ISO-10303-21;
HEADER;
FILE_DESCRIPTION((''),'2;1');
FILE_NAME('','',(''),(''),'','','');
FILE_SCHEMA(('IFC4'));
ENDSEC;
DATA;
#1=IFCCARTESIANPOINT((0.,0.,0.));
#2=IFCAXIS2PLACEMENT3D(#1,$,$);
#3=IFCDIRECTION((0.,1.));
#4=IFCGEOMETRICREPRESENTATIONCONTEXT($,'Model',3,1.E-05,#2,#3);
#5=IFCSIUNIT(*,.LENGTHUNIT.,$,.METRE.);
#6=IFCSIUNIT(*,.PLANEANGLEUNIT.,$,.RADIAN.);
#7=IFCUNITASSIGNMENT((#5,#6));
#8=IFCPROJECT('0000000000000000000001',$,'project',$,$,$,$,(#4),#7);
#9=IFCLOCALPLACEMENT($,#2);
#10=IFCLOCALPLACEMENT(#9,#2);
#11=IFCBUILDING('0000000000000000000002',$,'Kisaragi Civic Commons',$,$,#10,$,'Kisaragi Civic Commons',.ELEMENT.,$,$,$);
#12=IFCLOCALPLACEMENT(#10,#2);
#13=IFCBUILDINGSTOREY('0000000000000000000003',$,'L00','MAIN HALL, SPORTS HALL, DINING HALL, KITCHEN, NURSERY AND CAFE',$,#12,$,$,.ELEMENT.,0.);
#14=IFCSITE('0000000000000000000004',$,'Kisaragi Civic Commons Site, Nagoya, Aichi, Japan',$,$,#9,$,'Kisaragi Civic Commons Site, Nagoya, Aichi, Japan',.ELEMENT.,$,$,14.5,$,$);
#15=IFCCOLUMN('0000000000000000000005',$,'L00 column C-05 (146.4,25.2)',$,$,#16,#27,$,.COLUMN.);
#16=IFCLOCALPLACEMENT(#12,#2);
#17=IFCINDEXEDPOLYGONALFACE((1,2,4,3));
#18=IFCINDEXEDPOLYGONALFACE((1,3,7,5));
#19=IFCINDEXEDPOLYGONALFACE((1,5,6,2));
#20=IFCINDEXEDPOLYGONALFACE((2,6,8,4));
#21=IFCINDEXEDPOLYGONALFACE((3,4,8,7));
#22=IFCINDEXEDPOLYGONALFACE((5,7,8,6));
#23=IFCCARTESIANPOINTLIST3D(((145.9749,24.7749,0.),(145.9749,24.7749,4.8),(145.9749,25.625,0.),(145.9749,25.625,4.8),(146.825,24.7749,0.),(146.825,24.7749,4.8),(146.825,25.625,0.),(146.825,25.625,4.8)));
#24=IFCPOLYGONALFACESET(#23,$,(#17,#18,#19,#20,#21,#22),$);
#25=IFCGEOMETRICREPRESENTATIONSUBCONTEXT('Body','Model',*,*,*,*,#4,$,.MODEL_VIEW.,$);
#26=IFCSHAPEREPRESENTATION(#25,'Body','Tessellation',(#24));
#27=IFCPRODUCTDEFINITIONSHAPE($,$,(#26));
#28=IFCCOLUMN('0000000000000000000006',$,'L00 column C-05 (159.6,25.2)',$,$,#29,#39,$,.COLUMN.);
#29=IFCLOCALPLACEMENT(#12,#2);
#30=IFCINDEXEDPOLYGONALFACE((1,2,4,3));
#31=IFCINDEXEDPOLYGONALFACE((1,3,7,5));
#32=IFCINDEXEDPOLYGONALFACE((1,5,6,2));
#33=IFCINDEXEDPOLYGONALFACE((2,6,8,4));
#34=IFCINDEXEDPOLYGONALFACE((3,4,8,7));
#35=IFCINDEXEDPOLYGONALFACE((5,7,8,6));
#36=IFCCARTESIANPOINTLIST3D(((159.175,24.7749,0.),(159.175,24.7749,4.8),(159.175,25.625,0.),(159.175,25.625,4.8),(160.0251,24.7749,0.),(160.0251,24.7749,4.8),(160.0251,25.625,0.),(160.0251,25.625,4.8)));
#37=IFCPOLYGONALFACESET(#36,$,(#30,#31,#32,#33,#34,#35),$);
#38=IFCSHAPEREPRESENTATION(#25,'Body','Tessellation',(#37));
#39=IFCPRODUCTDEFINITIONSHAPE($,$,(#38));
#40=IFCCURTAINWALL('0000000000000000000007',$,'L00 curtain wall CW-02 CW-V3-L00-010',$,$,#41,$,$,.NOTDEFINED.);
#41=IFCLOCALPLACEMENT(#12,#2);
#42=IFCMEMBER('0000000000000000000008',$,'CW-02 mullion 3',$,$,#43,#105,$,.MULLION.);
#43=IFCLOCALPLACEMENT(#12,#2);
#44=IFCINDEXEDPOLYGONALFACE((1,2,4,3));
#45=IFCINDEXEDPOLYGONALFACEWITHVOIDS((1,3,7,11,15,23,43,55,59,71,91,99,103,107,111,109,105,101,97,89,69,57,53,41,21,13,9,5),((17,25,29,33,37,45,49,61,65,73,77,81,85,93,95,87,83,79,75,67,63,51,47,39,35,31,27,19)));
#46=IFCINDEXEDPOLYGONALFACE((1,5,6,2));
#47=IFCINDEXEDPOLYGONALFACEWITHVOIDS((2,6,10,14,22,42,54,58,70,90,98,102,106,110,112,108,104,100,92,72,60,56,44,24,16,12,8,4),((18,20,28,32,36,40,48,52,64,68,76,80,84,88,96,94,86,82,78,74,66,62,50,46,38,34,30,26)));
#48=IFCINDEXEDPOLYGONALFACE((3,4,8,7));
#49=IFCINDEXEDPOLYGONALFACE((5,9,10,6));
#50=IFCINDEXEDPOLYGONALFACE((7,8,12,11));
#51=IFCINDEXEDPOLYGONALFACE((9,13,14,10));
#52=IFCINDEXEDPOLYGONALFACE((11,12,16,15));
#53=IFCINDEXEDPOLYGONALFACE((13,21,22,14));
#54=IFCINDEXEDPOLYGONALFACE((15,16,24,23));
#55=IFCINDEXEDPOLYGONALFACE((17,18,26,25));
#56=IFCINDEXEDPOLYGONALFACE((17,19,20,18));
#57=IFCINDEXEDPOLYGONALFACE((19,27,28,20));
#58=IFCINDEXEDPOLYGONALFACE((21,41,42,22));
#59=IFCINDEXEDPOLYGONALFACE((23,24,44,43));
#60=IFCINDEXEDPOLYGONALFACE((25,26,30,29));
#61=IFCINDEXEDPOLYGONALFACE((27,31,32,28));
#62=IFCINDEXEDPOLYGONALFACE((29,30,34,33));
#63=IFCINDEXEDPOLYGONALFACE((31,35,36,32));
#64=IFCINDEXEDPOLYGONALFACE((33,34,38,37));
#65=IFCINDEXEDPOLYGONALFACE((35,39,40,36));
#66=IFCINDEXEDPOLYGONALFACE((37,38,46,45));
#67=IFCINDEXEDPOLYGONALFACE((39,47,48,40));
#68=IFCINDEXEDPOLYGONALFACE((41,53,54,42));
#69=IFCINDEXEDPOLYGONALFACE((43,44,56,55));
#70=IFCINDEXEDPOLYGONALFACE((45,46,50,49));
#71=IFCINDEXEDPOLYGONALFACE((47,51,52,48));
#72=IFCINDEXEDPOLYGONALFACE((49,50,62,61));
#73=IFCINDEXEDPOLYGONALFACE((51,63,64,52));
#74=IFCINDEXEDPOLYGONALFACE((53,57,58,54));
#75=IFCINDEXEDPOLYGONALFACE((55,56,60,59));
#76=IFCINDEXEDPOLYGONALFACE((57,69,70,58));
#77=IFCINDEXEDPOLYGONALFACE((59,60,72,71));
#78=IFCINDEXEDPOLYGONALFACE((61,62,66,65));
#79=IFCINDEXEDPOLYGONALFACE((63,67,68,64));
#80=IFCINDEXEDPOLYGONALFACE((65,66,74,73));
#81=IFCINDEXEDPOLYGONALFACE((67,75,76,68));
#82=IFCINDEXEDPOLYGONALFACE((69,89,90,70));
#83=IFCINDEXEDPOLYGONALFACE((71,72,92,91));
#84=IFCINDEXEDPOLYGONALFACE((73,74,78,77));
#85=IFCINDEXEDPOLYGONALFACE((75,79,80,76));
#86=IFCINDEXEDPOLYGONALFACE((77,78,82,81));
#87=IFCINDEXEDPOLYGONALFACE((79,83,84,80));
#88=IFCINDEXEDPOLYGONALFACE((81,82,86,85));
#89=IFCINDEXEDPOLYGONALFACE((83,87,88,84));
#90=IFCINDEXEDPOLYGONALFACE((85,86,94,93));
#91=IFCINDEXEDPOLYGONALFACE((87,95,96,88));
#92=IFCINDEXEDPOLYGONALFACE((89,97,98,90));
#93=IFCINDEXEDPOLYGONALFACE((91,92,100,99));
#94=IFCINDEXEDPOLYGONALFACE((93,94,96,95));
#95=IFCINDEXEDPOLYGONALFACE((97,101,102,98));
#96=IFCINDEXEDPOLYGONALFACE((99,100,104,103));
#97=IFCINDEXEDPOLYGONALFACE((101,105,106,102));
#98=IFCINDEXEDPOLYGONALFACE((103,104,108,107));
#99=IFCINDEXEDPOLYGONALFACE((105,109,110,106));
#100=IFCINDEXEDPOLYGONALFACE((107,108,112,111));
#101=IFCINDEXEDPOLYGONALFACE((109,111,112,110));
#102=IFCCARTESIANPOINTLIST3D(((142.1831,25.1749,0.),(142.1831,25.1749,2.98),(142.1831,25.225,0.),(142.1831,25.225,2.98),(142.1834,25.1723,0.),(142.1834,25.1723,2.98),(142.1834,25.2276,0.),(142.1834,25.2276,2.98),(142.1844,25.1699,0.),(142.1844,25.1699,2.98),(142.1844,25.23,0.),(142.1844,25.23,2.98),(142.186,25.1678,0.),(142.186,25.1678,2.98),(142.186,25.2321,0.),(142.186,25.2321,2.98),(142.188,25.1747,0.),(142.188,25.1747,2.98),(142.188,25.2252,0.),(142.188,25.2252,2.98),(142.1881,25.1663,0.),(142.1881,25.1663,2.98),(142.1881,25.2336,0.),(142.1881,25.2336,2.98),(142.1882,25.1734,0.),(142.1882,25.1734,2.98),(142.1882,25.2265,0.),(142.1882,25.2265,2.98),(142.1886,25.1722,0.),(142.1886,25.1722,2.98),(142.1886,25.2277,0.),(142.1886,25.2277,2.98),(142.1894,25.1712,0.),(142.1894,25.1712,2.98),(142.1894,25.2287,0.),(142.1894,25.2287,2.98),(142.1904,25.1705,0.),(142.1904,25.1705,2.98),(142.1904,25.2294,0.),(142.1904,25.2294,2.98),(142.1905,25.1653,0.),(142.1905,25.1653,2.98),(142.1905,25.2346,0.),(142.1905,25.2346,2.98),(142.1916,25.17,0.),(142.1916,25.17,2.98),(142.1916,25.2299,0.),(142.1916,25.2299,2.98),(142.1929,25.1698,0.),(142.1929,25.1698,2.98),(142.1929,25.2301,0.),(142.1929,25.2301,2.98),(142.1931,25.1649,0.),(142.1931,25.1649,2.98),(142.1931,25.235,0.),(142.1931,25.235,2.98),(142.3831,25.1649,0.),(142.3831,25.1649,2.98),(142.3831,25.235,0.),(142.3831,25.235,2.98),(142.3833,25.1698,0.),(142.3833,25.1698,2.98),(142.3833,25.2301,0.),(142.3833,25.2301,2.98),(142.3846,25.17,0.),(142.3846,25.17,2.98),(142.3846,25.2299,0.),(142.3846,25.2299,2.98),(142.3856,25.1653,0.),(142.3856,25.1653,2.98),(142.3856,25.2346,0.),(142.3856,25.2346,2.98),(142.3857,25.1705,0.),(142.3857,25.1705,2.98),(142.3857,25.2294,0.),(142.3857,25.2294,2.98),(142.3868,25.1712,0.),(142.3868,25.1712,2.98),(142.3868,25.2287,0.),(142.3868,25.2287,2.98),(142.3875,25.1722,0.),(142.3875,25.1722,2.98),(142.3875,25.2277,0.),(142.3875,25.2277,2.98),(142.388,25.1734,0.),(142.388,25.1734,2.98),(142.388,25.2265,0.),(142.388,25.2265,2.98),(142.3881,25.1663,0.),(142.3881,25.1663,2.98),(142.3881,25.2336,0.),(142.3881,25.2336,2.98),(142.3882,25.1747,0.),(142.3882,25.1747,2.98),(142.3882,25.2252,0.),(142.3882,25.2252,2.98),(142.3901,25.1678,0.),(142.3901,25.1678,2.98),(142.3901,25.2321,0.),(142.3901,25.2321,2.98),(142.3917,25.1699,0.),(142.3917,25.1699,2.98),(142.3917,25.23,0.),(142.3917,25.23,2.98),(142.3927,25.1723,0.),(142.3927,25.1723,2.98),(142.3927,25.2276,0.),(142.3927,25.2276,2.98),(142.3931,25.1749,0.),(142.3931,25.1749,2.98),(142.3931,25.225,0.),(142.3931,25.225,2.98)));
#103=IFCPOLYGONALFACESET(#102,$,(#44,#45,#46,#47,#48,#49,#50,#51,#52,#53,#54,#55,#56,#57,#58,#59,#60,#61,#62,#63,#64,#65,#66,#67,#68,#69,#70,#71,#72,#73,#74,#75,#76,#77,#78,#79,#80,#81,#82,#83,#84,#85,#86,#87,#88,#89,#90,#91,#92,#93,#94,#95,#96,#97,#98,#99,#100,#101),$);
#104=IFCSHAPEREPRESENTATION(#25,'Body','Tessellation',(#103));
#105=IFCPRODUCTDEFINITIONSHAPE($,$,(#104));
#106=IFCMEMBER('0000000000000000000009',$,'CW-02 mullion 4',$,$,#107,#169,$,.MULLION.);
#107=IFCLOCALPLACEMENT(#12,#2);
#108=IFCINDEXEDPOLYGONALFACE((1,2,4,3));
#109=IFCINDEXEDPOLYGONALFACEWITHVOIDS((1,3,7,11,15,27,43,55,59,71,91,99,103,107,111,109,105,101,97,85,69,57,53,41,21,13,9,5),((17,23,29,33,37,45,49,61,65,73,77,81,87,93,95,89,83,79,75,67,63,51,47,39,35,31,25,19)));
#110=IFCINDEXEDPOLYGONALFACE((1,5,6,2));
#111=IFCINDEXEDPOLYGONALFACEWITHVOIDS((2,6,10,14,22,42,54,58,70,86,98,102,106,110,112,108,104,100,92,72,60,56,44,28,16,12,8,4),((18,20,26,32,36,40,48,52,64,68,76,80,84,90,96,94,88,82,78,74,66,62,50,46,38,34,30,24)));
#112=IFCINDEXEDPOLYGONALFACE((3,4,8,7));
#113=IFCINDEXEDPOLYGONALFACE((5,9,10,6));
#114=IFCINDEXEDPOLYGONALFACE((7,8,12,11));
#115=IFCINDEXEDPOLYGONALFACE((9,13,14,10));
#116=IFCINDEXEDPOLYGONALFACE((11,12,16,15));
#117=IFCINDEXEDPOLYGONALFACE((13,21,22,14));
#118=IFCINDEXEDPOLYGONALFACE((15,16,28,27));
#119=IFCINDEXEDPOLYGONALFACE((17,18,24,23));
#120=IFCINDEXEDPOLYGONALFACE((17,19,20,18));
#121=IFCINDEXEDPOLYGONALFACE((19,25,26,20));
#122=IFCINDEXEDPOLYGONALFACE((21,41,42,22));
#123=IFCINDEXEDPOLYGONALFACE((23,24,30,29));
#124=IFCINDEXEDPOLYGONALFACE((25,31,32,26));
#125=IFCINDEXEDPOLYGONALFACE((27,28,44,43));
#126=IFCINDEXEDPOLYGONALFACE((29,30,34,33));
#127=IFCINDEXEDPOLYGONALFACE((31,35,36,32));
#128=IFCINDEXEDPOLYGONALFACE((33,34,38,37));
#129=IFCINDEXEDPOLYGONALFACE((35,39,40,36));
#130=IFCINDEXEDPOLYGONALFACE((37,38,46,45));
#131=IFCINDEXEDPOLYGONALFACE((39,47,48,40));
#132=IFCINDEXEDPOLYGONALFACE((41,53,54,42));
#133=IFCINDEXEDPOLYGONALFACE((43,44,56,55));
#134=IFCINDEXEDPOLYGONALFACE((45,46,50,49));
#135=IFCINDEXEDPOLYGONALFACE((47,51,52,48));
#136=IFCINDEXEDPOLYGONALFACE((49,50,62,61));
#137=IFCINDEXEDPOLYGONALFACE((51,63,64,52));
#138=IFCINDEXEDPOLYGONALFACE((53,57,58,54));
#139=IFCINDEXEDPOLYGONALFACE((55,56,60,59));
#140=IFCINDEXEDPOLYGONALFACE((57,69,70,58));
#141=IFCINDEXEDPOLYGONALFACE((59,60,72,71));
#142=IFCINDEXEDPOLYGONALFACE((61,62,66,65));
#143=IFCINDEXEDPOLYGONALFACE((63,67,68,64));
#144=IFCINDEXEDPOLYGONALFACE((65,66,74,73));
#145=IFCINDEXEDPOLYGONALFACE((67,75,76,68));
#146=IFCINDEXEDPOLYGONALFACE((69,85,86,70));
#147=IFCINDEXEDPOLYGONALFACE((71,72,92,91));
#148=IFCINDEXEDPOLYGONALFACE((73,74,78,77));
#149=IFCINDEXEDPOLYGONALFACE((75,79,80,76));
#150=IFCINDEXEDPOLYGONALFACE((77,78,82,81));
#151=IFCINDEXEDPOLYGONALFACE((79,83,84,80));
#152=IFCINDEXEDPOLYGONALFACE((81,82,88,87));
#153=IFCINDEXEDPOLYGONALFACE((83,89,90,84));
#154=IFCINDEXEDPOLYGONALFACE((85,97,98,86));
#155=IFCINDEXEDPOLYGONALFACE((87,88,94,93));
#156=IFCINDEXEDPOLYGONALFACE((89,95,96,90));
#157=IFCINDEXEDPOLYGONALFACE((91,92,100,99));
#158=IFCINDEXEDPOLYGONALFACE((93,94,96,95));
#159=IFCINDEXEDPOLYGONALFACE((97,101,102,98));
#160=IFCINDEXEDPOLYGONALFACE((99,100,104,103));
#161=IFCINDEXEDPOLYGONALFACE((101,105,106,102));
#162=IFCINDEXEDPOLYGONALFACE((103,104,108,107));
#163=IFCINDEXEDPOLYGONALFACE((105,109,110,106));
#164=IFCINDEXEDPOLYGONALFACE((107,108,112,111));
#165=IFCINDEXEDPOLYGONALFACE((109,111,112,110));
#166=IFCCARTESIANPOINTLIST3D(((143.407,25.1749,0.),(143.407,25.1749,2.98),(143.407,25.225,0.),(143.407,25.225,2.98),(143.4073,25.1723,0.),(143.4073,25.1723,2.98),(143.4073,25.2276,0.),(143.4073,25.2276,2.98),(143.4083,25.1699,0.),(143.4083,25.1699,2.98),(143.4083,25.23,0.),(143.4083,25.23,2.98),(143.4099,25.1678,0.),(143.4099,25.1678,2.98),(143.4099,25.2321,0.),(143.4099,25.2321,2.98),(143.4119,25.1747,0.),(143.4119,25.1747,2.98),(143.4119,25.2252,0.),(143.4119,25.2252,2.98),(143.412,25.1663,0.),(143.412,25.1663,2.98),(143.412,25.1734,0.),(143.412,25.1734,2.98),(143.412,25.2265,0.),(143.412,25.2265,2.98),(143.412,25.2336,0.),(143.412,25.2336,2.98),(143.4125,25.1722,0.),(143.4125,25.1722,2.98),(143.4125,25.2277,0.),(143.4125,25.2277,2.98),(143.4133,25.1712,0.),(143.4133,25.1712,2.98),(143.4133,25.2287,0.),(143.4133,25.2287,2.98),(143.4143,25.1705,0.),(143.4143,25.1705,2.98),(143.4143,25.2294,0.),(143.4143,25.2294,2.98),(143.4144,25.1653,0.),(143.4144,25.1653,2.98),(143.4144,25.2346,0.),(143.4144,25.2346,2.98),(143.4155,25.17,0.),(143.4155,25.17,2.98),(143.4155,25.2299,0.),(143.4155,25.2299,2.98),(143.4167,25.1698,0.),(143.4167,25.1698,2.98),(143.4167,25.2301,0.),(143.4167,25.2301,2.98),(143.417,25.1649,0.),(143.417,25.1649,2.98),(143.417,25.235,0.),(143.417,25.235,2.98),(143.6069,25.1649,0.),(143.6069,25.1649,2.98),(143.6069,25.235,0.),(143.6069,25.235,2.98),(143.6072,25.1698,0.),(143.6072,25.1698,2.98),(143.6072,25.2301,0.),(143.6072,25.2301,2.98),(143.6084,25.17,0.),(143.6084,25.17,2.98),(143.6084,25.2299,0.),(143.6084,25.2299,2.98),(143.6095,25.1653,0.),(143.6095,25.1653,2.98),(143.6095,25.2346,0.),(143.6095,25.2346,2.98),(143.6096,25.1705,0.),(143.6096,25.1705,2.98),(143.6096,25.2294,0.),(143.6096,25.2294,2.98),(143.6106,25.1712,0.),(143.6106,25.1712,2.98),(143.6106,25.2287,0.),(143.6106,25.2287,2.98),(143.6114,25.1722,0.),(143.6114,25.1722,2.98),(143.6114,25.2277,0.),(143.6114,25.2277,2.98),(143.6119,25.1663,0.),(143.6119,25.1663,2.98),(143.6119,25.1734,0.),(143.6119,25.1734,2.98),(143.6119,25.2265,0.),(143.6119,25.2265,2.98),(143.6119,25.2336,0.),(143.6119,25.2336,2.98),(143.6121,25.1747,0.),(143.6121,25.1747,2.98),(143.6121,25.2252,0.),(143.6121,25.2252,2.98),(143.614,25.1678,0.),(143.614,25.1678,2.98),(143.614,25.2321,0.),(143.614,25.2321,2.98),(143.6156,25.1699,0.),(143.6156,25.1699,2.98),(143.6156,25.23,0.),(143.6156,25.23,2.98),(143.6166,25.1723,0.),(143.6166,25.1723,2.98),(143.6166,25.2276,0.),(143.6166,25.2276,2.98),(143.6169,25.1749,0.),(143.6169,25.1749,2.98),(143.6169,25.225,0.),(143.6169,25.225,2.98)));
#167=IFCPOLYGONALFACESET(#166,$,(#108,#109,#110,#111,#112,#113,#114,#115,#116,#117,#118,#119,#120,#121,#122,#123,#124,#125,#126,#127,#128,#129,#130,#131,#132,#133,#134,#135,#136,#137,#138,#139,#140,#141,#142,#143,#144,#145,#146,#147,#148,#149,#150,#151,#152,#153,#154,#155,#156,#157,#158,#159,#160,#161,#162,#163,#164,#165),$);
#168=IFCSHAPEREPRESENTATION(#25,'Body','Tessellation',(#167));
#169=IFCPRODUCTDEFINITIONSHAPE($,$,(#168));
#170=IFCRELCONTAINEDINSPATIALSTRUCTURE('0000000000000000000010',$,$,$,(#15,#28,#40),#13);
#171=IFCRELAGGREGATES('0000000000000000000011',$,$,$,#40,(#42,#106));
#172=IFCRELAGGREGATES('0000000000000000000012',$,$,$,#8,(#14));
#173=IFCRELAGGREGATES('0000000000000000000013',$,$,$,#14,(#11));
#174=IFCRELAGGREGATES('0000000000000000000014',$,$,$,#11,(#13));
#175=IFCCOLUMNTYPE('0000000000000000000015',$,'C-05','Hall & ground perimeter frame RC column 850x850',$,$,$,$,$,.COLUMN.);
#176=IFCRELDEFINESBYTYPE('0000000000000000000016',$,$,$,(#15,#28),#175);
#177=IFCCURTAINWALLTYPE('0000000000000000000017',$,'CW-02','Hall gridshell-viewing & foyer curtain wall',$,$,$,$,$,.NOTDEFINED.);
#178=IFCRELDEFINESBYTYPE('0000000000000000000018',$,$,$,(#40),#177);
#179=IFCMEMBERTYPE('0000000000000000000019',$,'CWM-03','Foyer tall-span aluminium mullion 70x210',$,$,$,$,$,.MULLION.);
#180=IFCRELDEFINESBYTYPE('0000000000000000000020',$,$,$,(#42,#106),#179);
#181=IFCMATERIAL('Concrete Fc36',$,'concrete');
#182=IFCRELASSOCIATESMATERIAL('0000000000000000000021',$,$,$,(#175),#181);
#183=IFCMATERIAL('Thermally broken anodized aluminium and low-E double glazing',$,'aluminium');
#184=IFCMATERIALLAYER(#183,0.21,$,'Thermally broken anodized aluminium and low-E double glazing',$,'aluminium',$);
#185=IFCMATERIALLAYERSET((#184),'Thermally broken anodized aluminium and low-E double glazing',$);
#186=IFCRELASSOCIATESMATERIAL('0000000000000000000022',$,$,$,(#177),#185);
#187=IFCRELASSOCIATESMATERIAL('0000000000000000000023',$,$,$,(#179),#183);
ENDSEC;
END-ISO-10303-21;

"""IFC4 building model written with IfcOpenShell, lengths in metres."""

from ifc_helpers import new_model, si_unit, direction, frame, origin, origin_2d, place, context, subcontext, project, spatial, rectangle, hollow_rectangle, extrude, material, layer, layer_set, material_profile, profile_set, type_object, element, aggregate, save


model = new_model("IFC4")

# Units and contexts
model_context = context("Model", 3, precision=1e-05, world=origin(), true_north=direction((0.0, 1.0)))
body_context = subcontext(model_context, "Body", "Model", "MODEL_VIEW")
ifc_project = project(units=[si_unit("LENGTHUNIT", "METRE"), si_unit("PLANEANGLEUNIT", "RADIAN")], contexts=[model_context])

# Site, building, storey
site_placement = place(None, origin())
site = spatial("IfcSite", under=ifc_project, at=site_placement, Name="Kisaragi Civic Commons Site, Nagoya, Aichi, Japan", LongName="Kisaragi Civic Commons Site, Nagoya, Aichi, Japan", CompositionType="ELEMENT", RefElevation=14.5)
building_placement = place(site_placement, origin())
building = spatial("IfcBuilding", under=site, at=building_placement, Name="Kisaragi Civic Commons", LongName="Kisaragi Civic Commons", CompositionType="ELEMENT")
storey_placement = place(building_placement, origin())
storey = spatial("IfcBuildingStorey", under=building, at=storey_placement, Name="L00", Description="MAIN HALL, SPORTS HALL, DINING HALL, KITCHEN, NURSERY AND CAFE", CompositionType="ELEMENT", Elevation=0.0)

# Columns
ifc_material_1 = material(Name="Concrete Fc36", Category="concrete")
ifc_material_profile_1 = material_profile(ifc_material_1, rectangle(XDim=0.8501, YDim=0.8501, at=origin_2d()), Name="RC-850x850", Category="concrete")
ifc_profile_set_1 = profile_set([ifc_material_profile_1], Name="Concrete Fc36")
column_type = type_object("IfcColumnType", Name="C-05", Description="Hall & ground perimeter frame RC column 850x850", PredefinedType="COLUMN", material=ifc_profile_set_1)
for number, where, z_axis, x_axis, name in (
    (1, (146.3999, 25.2, 0.0), (0.0, 0.0, 1.0), (1.0, 0.0, 0.0), "L00 column C-05 (146.4,25.2)"),
    (2, (159.6001, 25.2, 0.0), (0.0, 0.0, 1.0), (1.0, 0.0, 0.0), "L00 column C-05 (159.6,25.2)"),
):
    element("IfcColumn", number, at=place(storey_placement, frame(where, z_axis=z_axis, x_axis=x_axis)), inside=storey, type_object=column_type, Name=name, PredefinedType="COLUMN", context=body_context, shape_type="SweptSolid", body=[
        extrude(rectangle(XDim=0.8501, YDim=0.8501, at=origin_2d()), origin(), (0.0, 0.0, 1.0), 4.8),
    ])

# Curtain wall, members
ifc_material_2 = material(Name="Thermally broken anodized aluminium and low-E double glazing", Category="aluminium")
ifc_layer_1 = layer(ifc_material_2, 0.21, Name="Thermally broken anodized aluminium and low-E double glazing", Category="aluminium")
ifc_layer_set_1 = layer_set([ifc_layer_1], Name="Thermally broken anodized aluminium and low-E double glazing")
curtain_wall_type = type_object("IfcCurtainWallType", Name="CW-02", Description="Hall gridshell-viewing & foyer curtain wall", PredefinedType="NOTDEFINED", material=ifc_layer_set_1)
curtain_wall_placement = place(storey_placement, origin())
curtain_wall = element("IfcCurtainWall", 3, at=curtain_wall_placement, inside=storey, type_object=curtain_wall_type, Name="L00 curtain wall CW-02 CW-V3-L00-010", PredefinedType="NOTDEFINED")
ifc_material_profile_2 = material_profile(ifc_material_2, hollow_rectangle(XDim=0.0701, YDim=0.21, WallThickness=0.0049, InnerFilletRadius=0.0049, OuterFilletRadius=0.01, at=origin_2d()), Name="CWM-70x210x5", Category="aluminium")
ifc_profile_set_2 = profile_set([ifc_material_profile_2], Name="Thermally broken anodized aluminium and low-E double glazing")
member_type_1 = type_object("IfcMemberType", Name="CWM-03", Description="Foyer tall-span aluminium mullion 70x210", PredefinedType="MULLION", material=ifc_profile_set_2)
member_1_placement = place(storey_placement, frame((142.2881, 25.2, 0.0), z_axis=(0.0, 0.0, 1.0), x_axis=(0.0, 1.0, 0.0)))
member_1 = element("IfcMember", 4, at=member_1_placement, type_object=member_type_1, Name="CW-02 mullion 3", PredefinedType="MULLION", context=body_context, shape_type="SweptSolid", body=[
    extrude(hollow_rectangle(XDim=0.0701, YDim=0.21, WallThickness=0.0049, InnerFilletRadius=0.0049, OuterFilletRadius=0.01, at=origin_2d()), origin(), (0.0, 0.0, 1.0), 2.98),
])
member_2_placement = place(storey_placement, frame((143.512, 25.2, 0.0), z_axis=(0.0, 0.0, 1.0), x_axis=(0.0, 1.0, 0.0)))
member_2 = element("IfcMember", 5, at=member_2_placement, type_object=member_type_1, Name="CW-02 mullion 4", PredefinedType="MULLION", context=body_context, shape_type="SweptSolid", body=[
    extrude(hollow_rectangle(XDim=0.0701, YDim=0.21, WallThickness=0.0049, InnerFilletRadius=0.0049, OuterFilletRadius=0.01, at=origin_2d()), origin(), (0.0, 0.0, 1.0), 2.98),
])

aggregate(curtain_wall, [member_1, member_2])

save(model, "model.ifc")
